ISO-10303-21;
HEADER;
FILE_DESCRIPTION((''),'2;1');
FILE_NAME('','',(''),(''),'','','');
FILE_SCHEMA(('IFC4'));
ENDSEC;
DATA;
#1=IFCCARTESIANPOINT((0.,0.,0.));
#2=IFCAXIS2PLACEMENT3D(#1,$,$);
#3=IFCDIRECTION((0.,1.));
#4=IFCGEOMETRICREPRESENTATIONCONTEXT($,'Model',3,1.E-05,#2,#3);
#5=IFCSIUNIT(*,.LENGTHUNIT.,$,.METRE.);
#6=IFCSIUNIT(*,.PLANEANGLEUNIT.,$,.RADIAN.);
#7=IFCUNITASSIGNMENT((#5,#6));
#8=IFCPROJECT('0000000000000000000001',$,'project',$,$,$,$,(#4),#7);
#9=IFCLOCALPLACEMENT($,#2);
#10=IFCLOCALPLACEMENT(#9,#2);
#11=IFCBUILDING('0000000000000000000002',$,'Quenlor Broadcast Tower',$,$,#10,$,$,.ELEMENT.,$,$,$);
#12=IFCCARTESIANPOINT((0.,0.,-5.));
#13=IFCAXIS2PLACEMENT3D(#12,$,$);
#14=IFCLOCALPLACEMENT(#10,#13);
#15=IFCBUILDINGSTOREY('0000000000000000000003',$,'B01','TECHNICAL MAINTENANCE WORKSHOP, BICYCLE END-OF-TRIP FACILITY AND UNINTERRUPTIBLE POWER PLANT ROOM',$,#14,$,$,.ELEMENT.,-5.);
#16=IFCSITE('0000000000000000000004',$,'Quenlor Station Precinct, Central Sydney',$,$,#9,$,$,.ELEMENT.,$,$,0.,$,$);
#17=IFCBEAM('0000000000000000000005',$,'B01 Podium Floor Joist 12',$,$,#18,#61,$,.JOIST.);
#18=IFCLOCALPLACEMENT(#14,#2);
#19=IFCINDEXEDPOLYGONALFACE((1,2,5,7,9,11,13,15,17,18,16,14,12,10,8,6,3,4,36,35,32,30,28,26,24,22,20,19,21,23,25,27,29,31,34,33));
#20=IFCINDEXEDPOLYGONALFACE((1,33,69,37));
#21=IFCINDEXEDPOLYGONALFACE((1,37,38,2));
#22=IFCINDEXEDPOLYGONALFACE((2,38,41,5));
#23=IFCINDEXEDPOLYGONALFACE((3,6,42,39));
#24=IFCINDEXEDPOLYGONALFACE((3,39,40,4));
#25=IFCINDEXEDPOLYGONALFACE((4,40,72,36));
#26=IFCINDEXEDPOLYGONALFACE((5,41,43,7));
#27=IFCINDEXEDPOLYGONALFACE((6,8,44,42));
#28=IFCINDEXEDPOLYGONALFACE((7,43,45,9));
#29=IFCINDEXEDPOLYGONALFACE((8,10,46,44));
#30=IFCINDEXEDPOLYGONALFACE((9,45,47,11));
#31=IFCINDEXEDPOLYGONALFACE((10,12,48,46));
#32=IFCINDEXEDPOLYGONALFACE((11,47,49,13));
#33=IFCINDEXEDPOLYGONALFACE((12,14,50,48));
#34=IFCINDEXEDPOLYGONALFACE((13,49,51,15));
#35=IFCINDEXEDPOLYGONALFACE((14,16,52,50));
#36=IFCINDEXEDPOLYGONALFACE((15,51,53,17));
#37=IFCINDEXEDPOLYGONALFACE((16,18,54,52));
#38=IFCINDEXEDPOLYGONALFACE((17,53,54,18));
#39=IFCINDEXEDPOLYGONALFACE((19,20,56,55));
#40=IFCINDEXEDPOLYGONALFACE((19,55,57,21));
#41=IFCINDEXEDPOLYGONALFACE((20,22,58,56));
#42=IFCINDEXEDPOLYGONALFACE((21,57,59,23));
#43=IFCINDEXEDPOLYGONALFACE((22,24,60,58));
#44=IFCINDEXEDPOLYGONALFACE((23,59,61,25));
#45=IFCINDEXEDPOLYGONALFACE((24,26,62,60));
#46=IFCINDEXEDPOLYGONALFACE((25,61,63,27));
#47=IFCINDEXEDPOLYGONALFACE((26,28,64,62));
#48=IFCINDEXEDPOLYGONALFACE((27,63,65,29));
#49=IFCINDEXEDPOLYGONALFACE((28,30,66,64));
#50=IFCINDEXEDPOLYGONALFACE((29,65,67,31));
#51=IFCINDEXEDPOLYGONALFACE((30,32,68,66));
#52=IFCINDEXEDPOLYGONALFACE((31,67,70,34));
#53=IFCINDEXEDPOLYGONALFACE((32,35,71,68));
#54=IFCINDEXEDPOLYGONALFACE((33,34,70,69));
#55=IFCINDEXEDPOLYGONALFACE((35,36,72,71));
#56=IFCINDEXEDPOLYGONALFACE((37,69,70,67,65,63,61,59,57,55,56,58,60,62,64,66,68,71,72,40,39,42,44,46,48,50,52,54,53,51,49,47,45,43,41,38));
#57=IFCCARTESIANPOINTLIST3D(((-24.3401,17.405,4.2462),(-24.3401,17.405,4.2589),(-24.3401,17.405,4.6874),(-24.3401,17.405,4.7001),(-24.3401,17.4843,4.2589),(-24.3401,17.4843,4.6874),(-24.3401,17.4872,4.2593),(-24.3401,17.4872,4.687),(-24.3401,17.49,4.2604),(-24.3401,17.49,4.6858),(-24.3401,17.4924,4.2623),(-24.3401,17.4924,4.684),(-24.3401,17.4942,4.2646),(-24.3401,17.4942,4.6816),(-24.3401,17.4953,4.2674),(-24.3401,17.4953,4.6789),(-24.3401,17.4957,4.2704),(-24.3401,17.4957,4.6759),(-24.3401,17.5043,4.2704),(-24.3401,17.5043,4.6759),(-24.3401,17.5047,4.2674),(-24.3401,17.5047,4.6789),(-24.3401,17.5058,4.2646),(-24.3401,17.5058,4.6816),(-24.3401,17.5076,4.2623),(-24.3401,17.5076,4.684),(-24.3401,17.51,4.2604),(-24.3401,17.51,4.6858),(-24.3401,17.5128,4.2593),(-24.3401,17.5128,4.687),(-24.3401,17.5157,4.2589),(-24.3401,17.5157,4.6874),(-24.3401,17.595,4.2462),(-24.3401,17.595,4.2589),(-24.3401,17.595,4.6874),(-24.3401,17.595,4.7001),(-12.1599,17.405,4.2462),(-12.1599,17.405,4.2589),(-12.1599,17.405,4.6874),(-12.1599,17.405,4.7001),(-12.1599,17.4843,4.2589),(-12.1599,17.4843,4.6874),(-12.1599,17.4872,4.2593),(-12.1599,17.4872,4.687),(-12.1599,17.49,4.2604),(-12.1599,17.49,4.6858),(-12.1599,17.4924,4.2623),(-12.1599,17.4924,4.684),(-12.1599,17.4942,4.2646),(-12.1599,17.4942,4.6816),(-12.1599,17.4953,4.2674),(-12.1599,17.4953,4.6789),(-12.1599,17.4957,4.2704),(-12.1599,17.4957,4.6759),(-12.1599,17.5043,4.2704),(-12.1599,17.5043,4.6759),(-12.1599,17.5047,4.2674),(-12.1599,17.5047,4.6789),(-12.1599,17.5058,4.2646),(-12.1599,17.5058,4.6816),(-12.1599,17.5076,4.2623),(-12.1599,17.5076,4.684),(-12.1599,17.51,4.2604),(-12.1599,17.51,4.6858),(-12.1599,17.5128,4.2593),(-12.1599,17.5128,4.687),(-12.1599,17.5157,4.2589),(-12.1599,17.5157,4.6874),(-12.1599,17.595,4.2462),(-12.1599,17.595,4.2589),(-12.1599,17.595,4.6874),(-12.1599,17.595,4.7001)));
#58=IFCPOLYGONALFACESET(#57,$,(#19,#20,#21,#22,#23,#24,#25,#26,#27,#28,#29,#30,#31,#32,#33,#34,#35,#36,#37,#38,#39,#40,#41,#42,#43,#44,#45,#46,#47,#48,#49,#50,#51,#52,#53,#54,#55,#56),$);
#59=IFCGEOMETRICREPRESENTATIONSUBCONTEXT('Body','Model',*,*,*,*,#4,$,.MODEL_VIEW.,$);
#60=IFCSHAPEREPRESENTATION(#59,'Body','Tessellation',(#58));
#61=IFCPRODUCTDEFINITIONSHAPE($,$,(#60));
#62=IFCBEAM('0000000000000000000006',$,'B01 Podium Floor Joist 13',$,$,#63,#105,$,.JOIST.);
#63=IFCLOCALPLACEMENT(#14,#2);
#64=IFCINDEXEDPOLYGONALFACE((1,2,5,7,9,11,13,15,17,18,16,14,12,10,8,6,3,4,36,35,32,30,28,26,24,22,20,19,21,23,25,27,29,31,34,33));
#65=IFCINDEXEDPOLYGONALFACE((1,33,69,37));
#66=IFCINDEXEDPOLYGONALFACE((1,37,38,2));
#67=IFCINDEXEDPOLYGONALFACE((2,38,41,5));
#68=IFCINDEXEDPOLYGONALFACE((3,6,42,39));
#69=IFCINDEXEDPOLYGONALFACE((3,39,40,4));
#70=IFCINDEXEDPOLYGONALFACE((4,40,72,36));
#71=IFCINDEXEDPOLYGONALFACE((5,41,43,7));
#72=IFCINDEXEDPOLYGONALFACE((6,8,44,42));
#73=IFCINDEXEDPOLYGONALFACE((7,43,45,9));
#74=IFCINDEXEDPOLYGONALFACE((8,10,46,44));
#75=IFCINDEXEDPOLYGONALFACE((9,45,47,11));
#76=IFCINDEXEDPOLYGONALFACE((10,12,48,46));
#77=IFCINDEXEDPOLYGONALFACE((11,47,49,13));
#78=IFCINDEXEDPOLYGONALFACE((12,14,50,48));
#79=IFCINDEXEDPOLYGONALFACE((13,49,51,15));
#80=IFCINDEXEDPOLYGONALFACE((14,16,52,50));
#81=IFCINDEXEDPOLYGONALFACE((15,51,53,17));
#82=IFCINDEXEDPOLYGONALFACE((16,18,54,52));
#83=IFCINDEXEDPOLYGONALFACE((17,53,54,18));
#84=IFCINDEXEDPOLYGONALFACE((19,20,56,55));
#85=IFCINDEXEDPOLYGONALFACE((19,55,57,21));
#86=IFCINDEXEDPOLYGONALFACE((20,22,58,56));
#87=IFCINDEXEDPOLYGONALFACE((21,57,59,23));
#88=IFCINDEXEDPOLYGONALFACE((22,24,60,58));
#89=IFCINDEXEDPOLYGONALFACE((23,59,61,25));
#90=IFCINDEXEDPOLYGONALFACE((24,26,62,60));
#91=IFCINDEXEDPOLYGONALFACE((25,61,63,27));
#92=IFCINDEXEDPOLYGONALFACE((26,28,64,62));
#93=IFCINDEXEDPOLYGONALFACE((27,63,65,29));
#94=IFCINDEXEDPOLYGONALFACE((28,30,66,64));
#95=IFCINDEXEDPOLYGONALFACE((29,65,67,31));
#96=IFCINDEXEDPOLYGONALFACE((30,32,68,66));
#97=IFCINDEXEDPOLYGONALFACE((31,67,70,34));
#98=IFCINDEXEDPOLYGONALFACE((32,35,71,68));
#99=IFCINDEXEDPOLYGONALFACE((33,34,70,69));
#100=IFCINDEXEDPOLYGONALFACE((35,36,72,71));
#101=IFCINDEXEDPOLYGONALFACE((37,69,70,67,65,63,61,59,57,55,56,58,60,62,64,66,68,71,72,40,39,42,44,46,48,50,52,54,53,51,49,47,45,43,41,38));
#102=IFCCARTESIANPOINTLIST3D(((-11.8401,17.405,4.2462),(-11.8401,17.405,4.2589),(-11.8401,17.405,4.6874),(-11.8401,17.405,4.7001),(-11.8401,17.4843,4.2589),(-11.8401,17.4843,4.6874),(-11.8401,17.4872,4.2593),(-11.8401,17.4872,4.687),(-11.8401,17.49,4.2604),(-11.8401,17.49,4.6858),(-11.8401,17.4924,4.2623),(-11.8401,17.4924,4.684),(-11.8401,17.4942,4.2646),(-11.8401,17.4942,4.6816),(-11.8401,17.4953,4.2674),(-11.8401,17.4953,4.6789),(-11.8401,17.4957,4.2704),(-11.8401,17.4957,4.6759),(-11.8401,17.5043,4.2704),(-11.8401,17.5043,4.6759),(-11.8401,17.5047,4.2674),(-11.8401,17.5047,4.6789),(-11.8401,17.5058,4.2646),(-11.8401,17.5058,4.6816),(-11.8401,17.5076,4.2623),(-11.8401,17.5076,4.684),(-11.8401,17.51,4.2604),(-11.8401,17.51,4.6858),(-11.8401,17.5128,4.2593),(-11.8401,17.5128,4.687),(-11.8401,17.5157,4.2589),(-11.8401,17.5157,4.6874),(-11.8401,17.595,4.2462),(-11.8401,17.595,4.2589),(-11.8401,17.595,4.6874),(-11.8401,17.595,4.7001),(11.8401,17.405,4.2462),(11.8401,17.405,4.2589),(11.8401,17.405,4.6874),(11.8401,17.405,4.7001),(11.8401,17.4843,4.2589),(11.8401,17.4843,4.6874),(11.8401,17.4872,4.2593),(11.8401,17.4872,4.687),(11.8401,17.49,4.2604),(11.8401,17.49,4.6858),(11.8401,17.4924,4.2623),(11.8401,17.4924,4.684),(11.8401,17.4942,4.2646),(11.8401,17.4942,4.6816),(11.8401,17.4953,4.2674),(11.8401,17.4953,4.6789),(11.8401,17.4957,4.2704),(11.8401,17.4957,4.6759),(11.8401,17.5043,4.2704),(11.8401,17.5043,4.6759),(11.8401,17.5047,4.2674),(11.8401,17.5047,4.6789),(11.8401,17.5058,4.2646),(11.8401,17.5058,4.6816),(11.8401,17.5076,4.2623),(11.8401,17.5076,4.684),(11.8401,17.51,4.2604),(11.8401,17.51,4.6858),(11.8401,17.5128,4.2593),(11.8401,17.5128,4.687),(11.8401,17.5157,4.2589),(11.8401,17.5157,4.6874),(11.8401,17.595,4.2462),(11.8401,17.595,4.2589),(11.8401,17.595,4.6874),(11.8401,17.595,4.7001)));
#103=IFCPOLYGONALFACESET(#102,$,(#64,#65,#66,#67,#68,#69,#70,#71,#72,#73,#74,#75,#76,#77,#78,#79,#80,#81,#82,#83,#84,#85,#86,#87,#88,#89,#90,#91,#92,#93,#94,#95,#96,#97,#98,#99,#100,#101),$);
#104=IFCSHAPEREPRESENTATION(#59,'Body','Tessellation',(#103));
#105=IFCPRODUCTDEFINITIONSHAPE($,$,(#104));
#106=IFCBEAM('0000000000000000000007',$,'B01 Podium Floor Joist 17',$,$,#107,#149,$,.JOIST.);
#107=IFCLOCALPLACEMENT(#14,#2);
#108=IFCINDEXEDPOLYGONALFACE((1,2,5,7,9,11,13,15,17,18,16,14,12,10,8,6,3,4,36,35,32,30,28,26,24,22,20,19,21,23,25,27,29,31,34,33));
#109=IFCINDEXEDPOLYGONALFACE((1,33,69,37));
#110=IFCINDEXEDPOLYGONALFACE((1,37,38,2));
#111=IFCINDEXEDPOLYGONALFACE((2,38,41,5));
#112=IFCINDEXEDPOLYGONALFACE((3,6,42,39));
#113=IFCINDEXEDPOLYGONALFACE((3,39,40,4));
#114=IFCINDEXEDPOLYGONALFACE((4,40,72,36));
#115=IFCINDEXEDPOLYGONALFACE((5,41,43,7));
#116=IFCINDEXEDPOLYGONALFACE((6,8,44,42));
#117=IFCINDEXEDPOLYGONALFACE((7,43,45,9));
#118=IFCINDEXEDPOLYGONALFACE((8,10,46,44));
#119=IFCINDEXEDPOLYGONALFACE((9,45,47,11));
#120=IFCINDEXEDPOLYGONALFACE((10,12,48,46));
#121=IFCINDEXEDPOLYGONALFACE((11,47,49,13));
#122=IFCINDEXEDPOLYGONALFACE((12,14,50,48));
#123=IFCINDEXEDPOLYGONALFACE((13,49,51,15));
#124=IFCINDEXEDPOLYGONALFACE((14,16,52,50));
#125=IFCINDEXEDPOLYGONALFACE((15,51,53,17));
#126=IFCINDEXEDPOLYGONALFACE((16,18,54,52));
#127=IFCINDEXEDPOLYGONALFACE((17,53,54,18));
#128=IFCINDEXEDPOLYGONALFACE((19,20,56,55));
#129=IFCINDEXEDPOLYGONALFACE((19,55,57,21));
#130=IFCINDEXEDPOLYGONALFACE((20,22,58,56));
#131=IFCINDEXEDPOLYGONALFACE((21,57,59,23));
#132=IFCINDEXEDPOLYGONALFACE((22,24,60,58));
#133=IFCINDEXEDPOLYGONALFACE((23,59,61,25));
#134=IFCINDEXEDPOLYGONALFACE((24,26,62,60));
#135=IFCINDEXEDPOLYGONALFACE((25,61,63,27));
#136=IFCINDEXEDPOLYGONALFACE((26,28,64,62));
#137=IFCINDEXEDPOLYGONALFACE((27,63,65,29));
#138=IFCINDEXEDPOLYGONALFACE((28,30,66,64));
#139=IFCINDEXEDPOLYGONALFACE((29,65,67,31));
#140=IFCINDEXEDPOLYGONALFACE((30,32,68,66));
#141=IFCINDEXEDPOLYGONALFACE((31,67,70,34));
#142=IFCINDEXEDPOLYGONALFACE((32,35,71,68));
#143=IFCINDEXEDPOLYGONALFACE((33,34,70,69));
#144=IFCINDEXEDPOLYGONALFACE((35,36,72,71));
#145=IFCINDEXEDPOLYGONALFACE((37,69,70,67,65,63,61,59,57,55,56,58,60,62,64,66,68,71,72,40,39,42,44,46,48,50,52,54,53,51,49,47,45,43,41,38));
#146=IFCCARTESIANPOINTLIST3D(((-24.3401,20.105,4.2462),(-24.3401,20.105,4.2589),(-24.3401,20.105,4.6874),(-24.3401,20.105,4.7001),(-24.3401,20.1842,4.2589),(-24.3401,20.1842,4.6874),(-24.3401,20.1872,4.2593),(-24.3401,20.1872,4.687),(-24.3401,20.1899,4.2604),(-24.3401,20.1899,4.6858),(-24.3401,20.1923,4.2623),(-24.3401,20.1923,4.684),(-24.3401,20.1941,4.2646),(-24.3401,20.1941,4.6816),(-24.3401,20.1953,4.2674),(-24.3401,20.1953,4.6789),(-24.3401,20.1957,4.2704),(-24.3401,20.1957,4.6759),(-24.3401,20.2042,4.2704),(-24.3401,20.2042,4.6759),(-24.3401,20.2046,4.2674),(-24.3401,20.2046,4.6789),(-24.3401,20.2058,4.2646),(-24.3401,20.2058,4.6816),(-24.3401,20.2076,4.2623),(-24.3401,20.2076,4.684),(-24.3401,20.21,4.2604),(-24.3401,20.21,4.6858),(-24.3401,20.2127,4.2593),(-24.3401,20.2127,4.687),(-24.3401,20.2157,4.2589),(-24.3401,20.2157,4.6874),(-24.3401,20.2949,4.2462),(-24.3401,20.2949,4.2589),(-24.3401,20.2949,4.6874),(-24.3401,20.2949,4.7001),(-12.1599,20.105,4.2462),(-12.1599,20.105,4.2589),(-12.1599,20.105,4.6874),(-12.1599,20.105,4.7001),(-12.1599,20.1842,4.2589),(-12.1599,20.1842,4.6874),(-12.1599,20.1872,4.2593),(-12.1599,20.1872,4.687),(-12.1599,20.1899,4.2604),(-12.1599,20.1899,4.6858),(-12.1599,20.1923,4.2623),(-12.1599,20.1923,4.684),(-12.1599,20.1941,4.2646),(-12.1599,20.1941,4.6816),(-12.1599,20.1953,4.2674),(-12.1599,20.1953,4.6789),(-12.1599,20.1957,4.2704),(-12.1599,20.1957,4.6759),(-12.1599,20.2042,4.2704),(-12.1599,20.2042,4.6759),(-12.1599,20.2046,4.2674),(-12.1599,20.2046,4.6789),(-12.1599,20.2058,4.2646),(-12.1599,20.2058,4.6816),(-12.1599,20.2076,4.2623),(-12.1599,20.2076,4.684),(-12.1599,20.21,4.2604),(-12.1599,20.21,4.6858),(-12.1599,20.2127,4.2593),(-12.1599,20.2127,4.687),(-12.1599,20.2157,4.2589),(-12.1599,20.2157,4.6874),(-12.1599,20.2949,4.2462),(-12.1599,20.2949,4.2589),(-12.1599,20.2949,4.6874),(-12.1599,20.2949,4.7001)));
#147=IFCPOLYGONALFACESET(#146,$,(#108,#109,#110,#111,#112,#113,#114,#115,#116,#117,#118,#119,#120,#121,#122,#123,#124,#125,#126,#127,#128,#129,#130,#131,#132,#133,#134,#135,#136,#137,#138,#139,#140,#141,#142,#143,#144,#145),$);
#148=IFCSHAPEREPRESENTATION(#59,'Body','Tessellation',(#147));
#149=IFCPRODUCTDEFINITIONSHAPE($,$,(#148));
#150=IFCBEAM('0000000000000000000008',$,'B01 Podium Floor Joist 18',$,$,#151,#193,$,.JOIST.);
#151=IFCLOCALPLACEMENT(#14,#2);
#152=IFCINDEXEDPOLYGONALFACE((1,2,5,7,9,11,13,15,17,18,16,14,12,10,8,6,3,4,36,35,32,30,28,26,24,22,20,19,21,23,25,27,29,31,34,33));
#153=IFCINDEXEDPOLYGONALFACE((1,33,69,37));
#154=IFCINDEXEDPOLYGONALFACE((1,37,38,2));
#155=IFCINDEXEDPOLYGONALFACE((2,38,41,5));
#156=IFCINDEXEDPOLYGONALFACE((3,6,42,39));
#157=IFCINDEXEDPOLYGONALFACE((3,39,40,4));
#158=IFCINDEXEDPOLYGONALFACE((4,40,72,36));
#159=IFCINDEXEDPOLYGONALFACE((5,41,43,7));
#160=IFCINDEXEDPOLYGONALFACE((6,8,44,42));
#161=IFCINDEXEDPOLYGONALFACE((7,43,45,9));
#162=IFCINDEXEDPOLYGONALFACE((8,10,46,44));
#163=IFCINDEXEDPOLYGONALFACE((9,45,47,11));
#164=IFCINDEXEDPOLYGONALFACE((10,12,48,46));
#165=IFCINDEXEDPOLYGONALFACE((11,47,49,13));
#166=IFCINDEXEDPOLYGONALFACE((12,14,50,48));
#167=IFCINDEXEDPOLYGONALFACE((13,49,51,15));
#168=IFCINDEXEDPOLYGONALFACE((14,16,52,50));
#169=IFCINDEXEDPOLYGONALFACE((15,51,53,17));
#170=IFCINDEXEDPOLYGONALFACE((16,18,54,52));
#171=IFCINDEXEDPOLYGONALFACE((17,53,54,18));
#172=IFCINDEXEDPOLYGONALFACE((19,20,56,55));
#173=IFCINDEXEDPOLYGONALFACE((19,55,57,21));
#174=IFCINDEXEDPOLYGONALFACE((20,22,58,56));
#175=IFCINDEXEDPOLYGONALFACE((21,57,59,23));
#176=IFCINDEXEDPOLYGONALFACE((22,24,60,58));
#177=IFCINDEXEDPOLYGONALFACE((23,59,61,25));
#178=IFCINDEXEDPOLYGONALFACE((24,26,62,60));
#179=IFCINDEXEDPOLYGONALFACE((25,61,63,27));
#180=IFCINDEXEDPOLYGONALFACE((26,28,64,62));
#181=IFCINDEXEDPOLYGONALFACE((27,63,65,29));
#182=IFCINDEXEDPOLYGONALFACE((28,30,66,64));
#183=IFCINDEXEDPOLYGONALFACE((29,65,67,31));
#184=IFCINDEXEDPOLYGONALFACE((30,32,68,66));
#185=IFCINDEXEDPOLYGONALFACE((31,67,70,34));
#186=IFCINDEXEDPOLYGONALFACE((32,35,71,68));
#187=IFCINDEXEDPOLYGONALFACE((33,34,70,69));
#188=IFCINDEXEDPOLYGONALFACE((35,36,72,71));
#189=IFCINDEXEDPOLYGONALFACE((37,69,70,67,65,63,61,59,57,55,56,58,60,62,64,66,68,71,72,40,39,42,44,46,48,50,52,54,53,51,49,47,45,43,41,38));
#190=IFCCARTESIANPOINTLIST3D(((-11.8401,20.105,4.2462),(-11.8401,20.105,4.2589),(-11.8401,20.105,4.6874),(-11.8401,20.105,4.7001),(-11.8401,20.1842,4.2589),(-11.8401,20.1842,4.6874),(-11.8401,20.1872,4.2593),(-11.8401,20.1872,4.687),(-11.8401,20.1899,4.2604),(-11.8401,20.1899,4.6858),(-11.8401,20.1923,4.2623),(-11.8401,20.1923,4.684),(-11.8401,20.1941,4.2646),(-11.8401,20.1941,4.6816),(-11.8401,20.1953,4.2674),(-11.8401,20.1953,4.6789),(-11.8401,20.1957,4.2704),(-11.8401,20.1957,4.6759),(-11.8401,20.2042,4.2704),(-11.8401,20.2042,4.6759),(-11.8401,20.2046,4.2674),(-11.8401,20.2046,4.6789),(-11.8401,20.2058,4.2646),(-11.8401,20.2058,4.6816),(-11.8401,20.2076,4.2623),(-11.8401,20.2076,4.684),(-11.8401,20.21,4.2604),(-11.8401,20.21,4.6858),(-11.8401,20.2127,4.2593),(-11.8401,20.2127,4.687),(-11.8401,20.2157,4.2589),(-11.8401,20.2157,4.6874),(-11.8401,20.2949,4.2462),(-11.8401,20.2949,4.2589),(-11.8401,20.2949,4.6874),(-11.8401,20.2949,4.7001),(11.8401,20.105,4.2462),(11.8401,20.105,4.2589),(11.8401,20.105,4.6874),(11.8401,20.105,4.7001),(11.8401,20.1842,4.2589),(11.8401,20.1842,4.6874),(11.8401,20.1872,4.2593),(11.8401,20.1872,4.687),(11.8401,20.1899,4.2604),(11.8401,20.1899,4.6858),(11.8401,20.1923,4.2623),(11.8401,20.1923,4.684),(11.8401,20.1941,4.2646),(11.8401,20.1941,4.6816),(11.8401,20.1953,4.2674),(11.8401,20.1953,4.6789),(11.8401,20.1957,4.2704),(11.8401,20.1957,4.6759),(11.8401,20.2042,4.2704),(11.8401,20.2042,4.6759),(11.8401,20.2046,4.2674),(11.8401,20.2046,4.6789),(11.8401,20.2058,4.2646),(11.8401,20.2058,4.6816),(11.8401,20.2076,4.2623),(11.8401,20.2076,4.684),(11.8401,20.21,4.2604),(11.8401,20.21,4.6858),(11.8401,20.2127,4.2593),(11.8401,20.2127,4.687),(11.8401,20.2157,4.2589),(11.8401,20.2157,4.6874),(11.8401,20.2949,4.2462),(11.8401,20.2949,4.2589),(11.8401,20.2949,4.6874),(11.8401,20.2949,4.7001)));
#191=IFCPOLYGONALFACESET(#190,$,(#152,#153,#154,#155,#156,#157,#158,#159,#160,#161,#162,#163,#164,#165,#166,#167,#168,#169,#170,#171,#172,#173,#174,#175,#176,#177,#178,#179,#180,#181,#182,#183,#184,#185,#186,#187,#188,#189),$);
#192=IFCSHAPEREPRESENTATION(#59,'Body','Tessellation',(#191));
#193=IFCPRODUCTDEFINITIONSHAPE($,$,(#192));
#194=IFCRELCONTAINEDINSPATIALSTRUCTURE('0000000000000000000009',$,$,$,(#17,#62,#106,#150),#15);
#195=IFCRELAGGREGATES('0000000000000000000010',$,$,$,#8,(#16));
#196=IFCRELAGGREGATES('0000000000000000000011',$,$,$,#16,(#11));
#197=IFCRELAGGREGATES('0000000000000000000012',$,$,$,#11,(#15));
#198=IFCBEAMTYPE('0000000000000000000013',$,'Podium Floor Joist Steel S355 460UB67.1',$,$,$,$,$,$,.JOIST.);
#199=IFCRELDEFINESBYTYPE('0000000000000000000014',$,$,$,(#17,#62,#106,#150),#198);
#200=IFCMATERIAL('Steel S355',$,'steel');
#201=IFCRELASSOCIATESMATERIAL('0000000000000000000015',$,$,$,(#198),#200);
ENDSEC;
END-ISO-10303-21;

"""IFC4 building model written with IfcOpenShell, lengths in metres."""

from ifc_helpers import new_model, si_unit, direction, frame, origin, origin_2d, place, context, subcontext, project, spatial, i_section, extrude, material, material_profile, profile_set, type_object, element, save


model = new_model("IFC4")

# Units and contexts
model_context = context("Model", 3, precision=1e-05, world=origin(), true_north=direction((0.0, 1.0)))
body_context = subcontext(model_context, "Body", "Model", "MODEL_VIEW")
ifc_project = project(units=[si_unit("LENGTHUNIT", "METRE"), si_unit("PLANEANGLEUNIT", "RADIAN")], contexts=[model_context])

# Site, building, storey
site_placement = place(None, origin())
site = spatial("IfcSite", under=ifc_project, at=site_placement, Name="Quenlor Station Precinct, Central Sydney", CompositionType="ELEMENT", RefElevation=0.0)
building_placement = place(site_placement, origin())
building = spatial("IfcBuilding", under=site, at=building_placement, Name="Quenlor Broadcast Tower", CompositionType="ELEMENT")
storey_placement = place(building_placement, frame((0.0, 0.0, -5.0)))
storey = spatial("IfcBuildingStorey", under=building, at=storey_placement, Name="B01", Description="TECHNICAL MAINTENANCE WORKSHOP, BICYCLE END-OF-TRIP FACILITY AND UNINTERRUPTIBLE POWER PLANT ROOM", CompositionType="ELEMENT", Elevation=-5.0)

# Beams
ifc_material_1 = material(Name="Steel S355", Category="steel")
ifc_material_profile_1 = material_profile(ifc_material_1, i_section(OverallWidth=0.1899, OverallDepth=0.4539, WebThickness=0.0085, FlangeThickness=0.0127, FilletRadius=0.0115, at=origin_2d()))
ifc_profile_set_1 = profile_set([ifc_material_profile_1], Name="Steel S355 460UB67.1")
beam_type_1 = type_object("IfcBeamType", Name="Podium Floor Joist Steel S355 460UB67.1", PredefinedType="JOIST", material=ifc_profile_set_1)
beam_1_placement = place(storey_placement, frame((-24.3401, 17.5, 4.4731), z_axis=(1.0, 0.0, 0.0), x_axis=(0.0, 1.0, 0.0)))
element("IfcBeam", 1, at=beam_1_placement, inside=storey, type_object=beam_type_1, Name="B01 Podium Floor Joist 12", PredefinedType="JOIST", context=body_context, shape_type="SweptSolid", body=[
    extrude(i_section(OverallWidth=0.1899, OverallDepth=0.4539, WebThickness=0.0085, FlangeThickness=0.0127, FilletRadius=0.0115, at=origin_2d()), origin(), (0.0, 0.0, 1.0), 12.1802),
])
beam_2_placement = place(storey_placement, frame((-11.8401, 17.5, 4.4731), z_axis=(1.0, 0.0, 0.0), x_axis=(0.0, 1.0, 0.0)))
element("IfcBeam", 2, at=beam_2_placement, inside=storey, type_object=beam_type_1, Name="B01 Podium Floor Joist 13", PredefinedType="JOIST", context=body_context, shape_type="SweptSolid", body=[
    extrude(i_section(OverallWidth=0.1899, OverallDepth=0.4539, WebThickness=0.0085, FlangeThickness=0.0127, FilletRadius=0.0115, at=origin_2d()), origin(), (0.0, 0.0, 1.0), 23.6802),
])
beam_3_placement = place(storey_placement, frame((-24.3401, 20.2, 4.4731), z_axis=(1.0, 0.0, 0.0), x_axis=(0.0, 1.0, 0.0)))
element("IfcBeam", 3, at=beam_3_placement, inside=storey, type_object=beam_type_1, Name="B01 Podium Floor Joist 17", PredefinedType="JOIST", context=body_context, shape_type="SweptSolid", body=[
    extrude(i_section(OverallWidth=0.1899, OverallDepth=0.4539, WebThickness=0.0085, FlangeThickness=0.0127, FilletRadius=0.0115, at=origin_2d()), origin(), (0.0, 0.0, 1.0), 12.1802),
])
beam_4_placement = place(storey_placement, frame((-11.8401, 20.2, 4.4731), z_axis=(1.0, 0.0, 0.0), x_axis=(0.0, 1.0, 0.0)))
element("IfcBeam", 4, at=beam_4_placement, inside=storey, type_object=beam_type_1, Name="B01 Podium Floor Joist 18", PredefinedType="JOIST", context=body_context, shape_type="SweptSolid", body=[
    extrude(i_section(OverallWidth=0.1899, OverallDepth=0.4539, WebThickness=0.0085, FlangeThickness=0.0127, FilletRadius=0.0115, at=origin_2d()), origin(), (0.0, 0.0, 1.0), 23.6802),
])

save(model, "model.ifc")
